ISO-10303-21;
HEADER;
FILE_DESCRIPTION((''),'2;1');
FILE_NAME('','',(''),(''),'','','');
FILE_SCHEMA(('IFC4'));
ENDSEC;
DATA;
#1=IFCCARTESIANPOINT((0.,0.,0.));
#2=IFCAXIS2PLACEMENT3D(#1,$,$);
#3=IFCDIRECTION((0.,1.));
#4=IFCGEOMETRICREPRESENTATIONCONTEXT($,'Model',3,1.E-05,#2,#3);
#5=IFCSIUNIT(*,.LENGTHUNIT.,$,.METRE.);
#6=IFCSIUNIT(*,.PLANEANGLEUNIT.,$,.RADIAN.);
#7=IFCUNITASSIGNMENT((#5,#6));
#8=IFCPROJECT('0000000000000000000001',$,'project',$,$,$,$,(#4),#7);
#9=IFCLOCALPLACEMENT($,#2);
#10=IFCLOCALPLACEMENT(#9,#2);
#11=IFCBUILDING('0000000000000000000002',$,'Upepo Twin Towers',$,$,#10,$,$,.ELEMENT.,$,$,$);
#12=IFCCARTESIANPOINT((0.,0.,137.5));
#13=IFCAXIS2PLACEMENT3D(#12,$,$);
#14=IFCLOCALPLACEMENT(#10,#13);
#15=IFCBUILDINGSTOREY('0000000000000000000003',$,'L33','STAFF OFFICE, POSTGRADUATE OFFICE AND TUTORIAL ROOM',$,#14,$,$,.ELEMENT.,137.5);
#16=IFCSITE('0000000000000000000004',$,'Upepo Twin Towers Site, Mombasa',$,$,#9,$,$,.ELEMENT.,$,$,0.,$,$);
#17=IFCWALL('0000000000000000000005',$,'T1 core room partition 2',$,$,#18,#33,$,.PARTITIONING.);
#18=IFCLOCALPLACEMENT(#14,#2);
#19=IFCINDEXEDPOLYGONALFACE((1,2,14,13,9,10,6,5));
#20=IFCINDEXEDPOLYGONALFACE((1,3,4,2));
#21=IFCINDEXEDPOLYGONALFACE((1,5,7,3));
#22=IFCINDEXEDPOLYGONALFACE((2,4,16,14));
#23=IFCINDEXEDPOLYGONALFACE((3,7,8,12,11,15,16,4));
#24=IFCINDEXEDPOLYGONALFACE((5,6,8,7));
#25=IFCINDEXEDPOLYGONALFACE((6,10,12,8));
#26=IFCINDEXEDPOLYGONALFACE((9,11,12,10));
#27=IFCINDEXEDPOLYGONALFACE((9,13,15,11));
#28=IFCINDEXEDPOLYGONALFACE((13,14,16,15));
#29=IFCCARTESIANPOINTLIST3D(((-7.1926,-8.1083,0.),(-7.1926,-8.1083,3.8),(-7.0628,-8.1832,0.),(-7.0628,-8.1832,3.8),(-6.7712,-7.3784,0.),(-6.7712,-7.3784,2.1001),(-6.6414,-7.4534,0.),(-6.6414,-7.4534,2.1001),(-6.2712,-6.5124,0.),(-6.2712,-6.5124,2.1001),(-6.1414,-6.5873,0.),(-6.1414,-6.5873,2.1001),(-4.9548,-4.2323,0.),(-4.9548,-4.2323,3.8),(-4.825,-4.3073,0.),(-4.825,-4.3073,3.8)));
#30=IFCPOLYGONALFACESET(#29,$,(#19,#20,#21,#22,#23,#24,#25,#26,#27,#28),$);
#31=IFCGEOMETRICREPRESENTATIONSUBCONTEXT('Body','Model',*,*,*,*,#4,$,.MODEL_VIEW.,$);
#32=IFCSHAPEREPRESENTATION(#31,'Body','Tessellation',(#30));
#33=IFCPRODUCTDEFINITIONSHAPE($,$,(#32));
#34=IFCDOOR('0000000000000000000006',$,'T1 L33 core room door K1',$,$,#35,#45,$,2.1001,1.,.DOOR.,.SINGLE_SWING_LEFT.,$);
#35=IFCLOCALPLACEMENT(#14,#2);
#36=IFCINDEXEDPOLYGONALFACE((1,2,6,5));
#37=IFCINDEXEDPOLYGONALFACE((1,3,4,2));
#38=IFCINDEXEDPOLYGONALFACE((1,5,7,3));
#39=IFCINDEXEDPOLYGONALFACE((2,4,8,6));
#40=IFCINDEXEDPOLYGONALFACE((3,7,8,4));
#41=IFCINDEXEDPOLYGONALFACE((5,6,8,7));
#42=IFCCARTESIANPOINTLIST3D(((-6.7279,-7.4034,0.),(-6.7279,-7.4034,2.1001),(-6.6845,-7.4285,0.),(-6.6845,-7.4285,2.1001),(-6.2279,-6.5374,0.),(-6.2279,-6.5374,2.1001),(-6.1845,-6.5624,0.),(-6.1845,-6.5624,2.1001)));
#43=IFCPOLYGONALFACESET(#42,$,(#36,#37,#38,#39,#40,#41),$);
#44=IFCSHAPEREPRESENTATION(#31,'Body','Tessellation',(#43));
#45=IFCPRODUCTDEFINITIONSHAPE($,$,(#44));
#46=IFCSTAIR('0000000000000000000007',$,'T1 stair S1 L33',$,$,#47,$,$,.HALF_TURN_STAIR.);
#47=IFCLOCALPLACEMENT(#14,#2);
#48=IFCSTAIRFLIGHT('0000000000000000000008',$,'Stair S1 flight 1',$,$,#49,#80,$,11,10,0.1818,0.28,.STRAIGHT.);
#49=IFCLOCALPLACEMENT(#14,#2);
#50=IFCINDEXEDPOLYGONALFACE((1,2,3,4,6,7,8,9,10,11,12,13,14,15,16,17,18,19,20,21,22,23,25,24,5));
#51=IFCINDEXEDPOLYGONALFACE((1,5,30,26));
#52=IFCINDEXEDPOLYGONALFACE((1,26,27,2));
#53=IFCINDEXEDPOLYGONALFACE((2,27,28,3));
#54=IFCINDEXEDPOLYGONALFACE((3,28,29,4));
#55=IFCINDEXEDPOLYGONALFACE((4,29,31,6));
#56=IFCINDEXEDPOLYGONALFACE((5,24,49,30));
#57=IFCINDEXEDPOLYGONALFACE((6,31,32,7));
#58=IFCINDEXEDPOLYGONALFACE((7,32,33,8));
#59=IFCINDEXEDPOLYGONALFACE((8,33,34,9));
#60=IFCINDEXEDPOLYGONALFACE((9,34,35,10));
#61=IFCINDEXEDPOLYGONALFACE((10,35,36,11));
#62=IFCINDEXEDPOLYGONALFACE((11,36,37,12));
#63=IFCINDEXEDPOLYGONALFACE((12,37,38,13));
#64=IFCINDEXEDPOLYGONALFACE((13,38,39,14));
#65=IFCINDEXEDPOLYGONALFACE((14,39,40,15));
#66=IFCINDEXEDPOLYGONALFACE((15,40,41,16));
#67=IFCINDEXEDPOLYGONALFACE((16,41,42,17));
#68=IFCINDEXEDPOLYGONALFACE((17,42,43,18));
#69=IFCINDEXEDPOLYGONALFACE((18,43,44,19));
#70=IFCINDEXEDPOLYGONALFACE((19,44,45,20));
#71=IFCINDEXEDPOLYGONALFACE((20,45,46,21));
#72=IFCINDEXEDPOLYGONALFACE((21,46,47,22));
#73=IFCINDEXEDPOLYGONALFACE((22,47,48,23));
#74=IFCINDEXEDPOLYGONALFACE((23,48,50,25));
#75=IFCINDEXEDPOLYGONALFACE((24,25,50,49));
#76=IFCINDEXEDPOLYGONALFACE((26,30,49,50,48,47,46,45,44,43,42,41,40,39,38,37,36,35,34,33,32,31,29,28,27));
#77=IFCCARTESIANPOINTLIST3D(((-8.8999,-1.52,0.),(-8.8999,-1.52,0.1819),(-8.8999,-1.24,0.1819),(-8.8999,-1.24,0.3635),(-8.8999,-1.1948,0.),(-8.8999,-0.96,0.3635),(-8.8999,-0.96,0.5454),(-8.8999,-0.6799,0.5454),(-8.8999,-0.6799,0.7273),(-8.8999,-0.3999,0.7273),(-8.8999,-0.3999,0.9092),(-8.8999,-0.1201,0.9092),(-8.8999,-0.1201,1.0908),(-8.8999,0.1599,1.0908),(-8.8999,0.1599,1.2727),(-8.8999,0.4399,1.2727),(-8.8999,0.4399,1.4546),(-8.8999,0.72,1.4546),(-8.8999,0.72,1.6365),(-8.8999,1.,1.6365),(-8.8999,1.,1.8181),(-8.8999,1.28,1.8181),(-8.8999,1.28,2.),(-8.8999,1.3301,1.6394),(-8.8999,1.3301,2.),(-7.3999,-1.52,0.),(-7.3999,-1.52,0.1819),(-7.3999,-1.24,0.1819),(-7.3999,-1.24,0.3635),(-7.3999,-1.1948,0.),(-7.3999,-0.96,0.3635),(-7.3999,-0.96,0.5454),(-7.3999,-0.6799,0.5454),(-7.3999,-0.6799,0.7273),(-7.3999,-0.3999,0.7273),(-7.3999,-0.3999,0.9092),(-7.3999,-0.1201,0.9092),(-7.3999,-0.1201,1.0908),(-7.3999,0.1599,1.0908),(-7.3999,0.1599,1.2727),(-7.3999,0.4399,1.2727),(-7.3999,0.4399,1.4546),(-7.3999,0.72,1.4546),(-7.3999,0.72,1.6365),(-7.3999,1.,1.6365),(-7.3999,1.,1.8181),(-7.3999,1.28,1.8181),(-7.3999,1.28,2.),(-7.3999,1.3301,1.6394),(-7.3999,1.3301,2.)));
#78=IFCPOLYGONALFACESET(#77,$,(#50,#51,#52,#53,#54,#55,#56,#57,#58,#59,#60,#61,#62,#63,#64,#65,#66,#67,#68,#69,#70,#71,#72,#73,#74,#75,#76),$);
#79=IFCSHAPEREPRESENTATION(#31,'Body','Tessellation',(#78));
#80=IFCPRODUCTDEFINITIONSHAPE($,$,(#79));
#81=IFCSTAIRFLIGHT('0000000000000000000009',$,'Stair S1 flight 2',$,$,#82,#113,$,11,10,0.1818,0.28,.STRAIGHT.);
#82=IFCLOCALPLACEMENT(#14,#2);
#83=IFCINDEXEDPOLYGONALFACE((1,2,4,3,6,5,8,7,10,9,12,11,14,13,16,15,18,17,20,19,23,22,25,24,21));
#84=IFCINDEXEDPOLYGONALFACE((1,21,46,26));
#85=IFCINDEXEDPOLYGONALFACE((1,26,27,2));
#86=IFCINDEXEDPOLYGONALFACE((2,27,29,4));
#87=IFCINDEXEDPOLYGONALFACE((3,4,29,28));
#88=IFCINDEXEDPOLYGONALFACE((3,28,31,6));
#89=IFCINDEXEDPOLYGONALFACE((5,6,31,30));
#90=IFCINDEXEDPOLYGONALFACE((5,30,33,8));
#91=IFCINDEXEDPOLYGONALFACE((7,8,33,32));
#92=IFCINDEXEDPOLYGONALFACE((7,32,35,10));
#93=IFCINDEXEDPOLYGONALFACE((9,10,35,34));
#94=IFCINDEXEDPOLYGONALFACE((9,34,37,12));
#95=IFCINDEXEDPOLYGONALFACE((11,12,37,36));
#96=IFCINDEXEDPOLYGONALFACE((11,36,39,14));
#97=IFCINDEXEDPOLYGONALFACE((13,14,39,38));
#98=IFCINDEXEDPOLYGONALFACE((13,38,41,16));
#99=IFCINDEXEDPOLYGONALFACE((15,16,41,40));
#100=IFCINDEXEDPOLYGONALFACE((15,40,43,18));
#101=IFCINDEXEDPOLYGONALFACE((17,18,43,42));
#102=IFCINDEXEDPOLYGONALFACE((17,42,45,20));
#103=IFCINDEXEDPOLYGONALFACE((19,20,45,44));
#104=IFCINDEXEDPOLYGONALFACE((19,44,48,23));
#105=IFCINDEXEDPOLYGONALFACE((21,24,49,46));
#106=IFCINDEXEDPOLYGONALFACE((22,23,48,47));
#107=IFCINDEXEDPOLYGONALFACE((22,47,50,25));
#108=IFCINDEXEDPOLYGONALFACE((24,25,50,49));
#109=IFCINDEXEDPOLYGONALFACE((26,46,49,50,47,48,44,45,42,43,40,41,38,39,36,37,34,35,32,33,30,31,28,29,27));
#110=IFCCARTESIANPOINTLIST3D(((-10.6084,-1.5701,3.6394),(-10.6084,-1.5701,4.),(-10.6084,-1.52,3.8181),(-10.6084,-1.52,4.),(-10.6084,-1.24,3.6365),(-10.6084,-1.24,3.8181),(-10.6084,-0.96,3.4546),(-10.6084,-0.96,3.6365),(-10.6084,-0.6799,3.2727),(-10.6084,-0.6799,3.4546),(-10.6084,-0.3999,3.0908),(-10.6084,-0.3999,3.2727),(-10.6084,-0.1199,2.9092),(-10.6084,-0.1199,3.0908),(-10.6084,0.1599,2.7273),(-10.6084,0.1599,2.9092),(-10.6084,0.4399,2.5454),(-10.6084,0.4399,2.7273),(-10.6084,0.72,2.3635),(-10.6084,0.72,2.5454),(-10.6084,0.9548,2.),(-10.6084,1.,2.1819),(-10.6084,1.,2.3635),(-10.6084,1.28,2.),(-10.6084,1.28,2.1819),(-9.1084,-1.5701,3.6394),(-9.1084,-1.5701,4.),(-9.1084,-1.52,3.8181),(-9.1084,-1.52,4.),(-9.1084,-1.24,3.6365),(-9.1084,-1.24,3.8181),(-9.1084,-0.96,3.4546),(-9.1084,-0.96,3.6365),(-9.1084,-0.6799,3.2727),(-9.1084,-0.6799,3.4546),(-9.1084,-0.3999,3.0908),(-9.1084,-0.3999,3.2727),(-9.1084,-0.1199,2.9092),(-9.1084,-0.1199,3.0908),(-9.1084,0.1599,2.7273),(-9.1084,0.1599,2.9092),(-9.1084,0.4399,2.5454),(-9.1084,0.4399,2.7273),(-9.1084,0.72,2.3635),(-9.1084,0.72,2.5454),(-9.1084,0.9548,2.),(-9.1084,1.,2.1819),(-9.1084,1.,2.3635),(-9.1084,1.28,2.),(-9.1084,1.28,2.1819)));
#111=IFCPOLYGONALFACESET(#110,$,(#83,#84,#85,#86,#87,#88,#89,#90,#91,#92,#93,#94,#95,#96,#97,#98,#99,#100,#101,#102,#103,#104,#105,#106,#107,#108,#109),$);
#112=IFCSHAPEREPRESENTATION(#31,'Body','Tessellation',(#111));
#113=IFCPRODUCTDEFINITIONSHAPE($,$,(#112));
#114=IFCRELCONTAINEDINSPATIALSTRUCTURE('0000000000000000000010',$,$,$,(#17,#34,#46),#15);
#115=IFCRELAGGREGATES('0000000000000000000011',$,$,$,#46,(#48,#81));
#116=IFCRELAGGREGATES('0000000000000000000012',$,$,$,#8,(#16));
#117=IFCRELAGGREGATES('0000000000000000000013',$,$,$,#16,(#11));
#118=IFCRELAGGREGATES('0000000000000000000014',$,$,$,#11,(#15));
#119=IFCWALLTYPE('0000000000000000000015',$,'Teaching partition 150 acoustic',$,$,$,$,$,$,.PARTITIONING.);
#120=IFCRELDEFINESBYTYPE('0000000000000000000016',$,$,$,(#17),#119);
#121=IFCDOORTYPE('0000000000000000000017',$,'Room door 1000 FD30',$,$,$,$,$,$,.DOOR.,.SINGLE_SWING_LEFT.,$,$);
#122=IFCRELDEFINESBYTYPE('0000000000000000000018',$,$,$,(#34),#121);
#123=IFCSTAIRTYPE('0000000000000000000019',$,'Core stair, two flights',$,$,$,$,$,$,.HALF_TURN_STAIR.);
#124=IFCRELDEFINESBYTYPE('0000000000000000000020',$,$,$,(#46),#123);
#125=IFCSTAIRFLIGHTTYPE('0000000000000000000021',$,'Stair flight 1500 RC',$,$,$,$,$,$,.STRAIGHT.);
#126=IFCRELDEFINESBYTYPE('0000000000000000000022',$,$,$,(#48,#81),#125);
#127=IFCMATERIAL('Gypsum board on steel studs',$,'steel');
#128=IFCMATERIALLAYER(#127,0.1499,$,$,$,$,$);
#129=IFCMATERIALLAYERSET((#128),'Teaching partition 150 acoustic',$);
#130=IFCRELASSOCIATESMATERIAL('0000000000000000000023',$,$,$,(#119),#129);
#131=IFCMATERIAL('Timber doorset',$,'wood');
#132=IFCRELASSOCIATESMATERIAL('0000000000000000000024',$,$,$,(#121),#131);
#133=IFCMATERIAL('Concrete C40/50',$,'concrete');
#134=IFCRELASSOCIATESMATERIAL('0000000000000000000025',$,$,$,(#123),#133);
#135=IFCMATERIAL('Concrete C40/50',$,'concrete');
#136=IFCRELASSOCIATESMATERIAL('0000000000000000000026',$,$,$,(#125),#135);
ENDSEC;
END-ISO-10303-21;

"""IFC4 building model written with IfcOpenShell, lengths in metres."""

from ifc_helpers import new_model, si_unit, direction, frame, frame_2d, origin, place, context, subcontext, project, spatial, polyline, rectangle, outline, extrude, material, layer, layer_set, type_object, element, fill, aggregate, save


model = new_model("IFC4")

# Units and contexts
model_context = context("Model", 3, precision=1e-05, world=origin(), true_north=direction((0.0, 1.0)))
body_context = subcontext(model_context, "Body", "Model", "MODEL_VIEW")
ifc_project = project(units=[si_unit("LENGTHUNIT", "METRE"), si_unit("PLANEANGLEUNIT", "RADIAN")], contexts=[model_context])

# Site, building, storey
site_placement = place(None, origin())
site = spatial("IfcSite", under=ifc_project, at=site_placement, Name="Upepo Twin Towers Site, Mombasa", CompositionType="ELEMENT", RefElevation=0.0)
building_placement = place(site_placement, origin())
building = spatial("IfcBuilding", under=site, at=building_placement, Name="Upepo Twin Towers", CompositionType="ELEMENT")
storey_placement = place(building_placement, frame((0.0, 0.0, 137.5)))
storey = spatial("IfcBuildingStorey", under=building, at=storey_placement, Name="L33", Description="STAFF OFFICE, POSTGRADUATE OFFICE AND TUTORIAL ROOM", CompositionType="ELEMENT", Elevation=137.5)

# Wall, opening, door
ifc_material_1 = material(Name="Gypsum board on steel studs", Category="steel")
ifc_layer_1 = layer(ifc_material_1, 0.1499)
ifc_layer_set_1 = layer_set([ifc_layer_1], Name="Teaching partition 150 acoustic")
wall_type_1 = type_object("IfcWallType", Name="Teaching partition 150 acoustic", PredefinedType="PARTITIONING", material=ifc_layer_set_1)
ifc_material_2 = material(Name="Timber doorset", Category="wood")
door_type_1 = type_object("IfcDoorType", Name="Room door 1000 FD30", OperationType="SINGLE_SWING_LEFT", PredefinedType="DOOR", material=ifc_material_2)
wall_1_placement = place(storey_placement, frame((-7.1277, -8.1458, 0.0), z_axis=(0.0, 0.0, 1.0), x_axis=(0.499999, 0.866026, 0.0)))
wall_1 = element("IfcWall", 1, at=wall_1_placement, inside=storey, type_object=wall_type_1, Name="T1 core room partition 2", PredefinedType="PARTITIONING", context=body_context, shape_type="SweptSolid", body=[
    extrude(rectangle(XDim=4.4756, YDim=0.1499, at=frame_2d((2.2378, 0.0))), origin(), (0.0, 0.0, 1.0), 3.8),
])
opening_1_placement = place(wall_1_placement, frame((0.8428, 0.0, 0.0)))
opening_1 = element("IfcOpeningElement", 2, at=opening_1_placement, cuts=wall_1, PredefinedType="OPENING", context=body_context, shape_type="SweptSolid", body=[
    extrude(rectangle(XDim=1.0, YDim=2.1001, at=frame_2d((0.5, 1.05))), frame((0.0, 0.085, 0.0), z_axis=(0.0, -1.0, 0.0), x_axis=(1.0, 0.0, 0.0)), (0.0, 0.0, 1.0), 0.1699),
])
door_1_placement = place(opening_1_placement, origin())
door_1 = element("IfcDoor", 3, at=door_1_placement, inside=storey, type_object=door_type_1, Name="T1 L33 core room door K1", OperationType="SINGLE_SWING_LEFT", OverallHeight=2.1001, OverallWidth=1.0, PredefinedType="DOOR", context=body_context, shape_type="SweptSolid", body=[
    extrude(rectangle(XDim=1.0, YDim=2.1001, at=frame_2d((0.5, 1.05))), frame((0.0, 0.0249, 0.0), z_axis=(0.0, -1.0, 0.0), x_axis=(1.0, 0.0, 0.0)), (0.0, 0.0, 1.0), 0.05),
])
fill(opening_1, door_1)

# Stair, stair flights
ifc_material_3 = material(Name="Concrete C40/50", Category="concrete")
stair_type = type_object("IfcStairType", Name="Core stair, two flights", PredefinedType="HALF_TURN_STAIR", material=ifc_material_3)
stair_placement = place(storey_placement, origin())
stair = element("IfcStair", 4, at=stair_placement, inside=storey, type_object=stair_type, Name="T1 stair S1 L33", PredefinedType="HALF_TURN_STAIR")
ifc_material_4 = material(Name="Concrete C40/50", Category="concrete")
stair_flight_type = type_object("IfcStairFlightType", Name="Stair flight 1500 RC", PredefinedType="STRAIGHT", material=ifc_material_4)
stair_flight_1_placement = place(storey_placement, frame((-8.1499, -1.52, 0.0), z_axis=(0.0, 0.0, 1.0), x_axis=(0.0, 1.0, 0.0)))
stair_flight_1 = element("IfcStairFlight", 5, at=stair_flight_1_placement, type_object=stair_flight_type, Name="Stair S1 flight 1", NumberOfRisers=11, NumberOfTreads=10, PredefinedType="STRAIGHT", RiserHeight=0.1818, TreadLength=0.28, context=body_context, shape_type="SweptSolid", body=[
    extrude(outline(polyline([(0.0, 0.0), (0.0, 0.1819), (0.28, 0.1819), (0.28, 0.3635), (0.5601, 0.3635), (0.5601, 0.5454), (0.8401, 0.5454), (0.8401, 0.7273), (1.1201, 0.7273), (1.1201, 0.9092), (1.3999, 0.9092), (1.3999, 1.0908), (1.6799, 1.0908), (1.6799, 1.2727), (1.96, 1.2727), (1.96, 1.4546), (2.24, 1.4546), (2.24, 1.6365), (2.52, 1.6365), (2.52, 1.8181), (2.8, 1.8181), (2.8, 2.0), (2.8501, 2.0), (2.8501, 1.6394), (0.3252, 0.0), (0.0, 0.0)])), frame((0.0, 0.75, 0.0), z_axis=(0.0, -1.0, 0.0), x_axis=(1.0, 0.0, 0.0)), (0.0, 0.0, 1.0), 1.5),
])
stair_flight_2_placement = place(storey_placement, frame((-9.8584, 1.28, 2.0), z_axis=(0.0, 0.0, 1.0), x_axis=(0.0, -1.0, 0.0)))
stair_flight_2 = element("IfcStairFlight", 6, at=stair_flight_2_placement, type_object=stair_flight_type, Name="Stair S1 flight 2", NumberOfRisers=11, NumberOfTreads=10, PredefinedType="STRAIGHT", RiserHeight=0.1818, TreadLength=0.28, context=body_context, shape_type="SweptSolid", body=[
    extrude(outline(polyline([(0.0, 0.0), (0.0, 0.1819), (0.28, 0.1819), (0.28, 0.3635), (0.5601, 0.3635), (0.5601, 0.5454), (0.8401, 0.5454), (0.8401, 0.7273), (1.1201, 0.7273), (1.1201, 0.9092), (1.3999, 0.9092), (1.3999, 1.0908), (1.6799, 1.0908), (1.6799, 1.2727), (1.96, 1.2727), (1.96, 1.4546), (2.24, 1.4546), (2.24, 1.6365), (2.52, 1.6365), (2.52, 1.8181), (2.8, 1.8181), (2.8, 2.0), (2.8501, 2.0), (2.8501, 1.6394), (0.3252, 0.0), (0.0, 0.0)])), frame((0.0, 0.75, 0.0), z_axis=(0.0, -1.0, 0.0), x_axis=(1.0, 0.0, 0.0)), (0.0, 0.0, 1.0), 1.5),
])
aggregate(stair, [stair_flight_1, stair_flight_2])

save(model, "model.ifc")
